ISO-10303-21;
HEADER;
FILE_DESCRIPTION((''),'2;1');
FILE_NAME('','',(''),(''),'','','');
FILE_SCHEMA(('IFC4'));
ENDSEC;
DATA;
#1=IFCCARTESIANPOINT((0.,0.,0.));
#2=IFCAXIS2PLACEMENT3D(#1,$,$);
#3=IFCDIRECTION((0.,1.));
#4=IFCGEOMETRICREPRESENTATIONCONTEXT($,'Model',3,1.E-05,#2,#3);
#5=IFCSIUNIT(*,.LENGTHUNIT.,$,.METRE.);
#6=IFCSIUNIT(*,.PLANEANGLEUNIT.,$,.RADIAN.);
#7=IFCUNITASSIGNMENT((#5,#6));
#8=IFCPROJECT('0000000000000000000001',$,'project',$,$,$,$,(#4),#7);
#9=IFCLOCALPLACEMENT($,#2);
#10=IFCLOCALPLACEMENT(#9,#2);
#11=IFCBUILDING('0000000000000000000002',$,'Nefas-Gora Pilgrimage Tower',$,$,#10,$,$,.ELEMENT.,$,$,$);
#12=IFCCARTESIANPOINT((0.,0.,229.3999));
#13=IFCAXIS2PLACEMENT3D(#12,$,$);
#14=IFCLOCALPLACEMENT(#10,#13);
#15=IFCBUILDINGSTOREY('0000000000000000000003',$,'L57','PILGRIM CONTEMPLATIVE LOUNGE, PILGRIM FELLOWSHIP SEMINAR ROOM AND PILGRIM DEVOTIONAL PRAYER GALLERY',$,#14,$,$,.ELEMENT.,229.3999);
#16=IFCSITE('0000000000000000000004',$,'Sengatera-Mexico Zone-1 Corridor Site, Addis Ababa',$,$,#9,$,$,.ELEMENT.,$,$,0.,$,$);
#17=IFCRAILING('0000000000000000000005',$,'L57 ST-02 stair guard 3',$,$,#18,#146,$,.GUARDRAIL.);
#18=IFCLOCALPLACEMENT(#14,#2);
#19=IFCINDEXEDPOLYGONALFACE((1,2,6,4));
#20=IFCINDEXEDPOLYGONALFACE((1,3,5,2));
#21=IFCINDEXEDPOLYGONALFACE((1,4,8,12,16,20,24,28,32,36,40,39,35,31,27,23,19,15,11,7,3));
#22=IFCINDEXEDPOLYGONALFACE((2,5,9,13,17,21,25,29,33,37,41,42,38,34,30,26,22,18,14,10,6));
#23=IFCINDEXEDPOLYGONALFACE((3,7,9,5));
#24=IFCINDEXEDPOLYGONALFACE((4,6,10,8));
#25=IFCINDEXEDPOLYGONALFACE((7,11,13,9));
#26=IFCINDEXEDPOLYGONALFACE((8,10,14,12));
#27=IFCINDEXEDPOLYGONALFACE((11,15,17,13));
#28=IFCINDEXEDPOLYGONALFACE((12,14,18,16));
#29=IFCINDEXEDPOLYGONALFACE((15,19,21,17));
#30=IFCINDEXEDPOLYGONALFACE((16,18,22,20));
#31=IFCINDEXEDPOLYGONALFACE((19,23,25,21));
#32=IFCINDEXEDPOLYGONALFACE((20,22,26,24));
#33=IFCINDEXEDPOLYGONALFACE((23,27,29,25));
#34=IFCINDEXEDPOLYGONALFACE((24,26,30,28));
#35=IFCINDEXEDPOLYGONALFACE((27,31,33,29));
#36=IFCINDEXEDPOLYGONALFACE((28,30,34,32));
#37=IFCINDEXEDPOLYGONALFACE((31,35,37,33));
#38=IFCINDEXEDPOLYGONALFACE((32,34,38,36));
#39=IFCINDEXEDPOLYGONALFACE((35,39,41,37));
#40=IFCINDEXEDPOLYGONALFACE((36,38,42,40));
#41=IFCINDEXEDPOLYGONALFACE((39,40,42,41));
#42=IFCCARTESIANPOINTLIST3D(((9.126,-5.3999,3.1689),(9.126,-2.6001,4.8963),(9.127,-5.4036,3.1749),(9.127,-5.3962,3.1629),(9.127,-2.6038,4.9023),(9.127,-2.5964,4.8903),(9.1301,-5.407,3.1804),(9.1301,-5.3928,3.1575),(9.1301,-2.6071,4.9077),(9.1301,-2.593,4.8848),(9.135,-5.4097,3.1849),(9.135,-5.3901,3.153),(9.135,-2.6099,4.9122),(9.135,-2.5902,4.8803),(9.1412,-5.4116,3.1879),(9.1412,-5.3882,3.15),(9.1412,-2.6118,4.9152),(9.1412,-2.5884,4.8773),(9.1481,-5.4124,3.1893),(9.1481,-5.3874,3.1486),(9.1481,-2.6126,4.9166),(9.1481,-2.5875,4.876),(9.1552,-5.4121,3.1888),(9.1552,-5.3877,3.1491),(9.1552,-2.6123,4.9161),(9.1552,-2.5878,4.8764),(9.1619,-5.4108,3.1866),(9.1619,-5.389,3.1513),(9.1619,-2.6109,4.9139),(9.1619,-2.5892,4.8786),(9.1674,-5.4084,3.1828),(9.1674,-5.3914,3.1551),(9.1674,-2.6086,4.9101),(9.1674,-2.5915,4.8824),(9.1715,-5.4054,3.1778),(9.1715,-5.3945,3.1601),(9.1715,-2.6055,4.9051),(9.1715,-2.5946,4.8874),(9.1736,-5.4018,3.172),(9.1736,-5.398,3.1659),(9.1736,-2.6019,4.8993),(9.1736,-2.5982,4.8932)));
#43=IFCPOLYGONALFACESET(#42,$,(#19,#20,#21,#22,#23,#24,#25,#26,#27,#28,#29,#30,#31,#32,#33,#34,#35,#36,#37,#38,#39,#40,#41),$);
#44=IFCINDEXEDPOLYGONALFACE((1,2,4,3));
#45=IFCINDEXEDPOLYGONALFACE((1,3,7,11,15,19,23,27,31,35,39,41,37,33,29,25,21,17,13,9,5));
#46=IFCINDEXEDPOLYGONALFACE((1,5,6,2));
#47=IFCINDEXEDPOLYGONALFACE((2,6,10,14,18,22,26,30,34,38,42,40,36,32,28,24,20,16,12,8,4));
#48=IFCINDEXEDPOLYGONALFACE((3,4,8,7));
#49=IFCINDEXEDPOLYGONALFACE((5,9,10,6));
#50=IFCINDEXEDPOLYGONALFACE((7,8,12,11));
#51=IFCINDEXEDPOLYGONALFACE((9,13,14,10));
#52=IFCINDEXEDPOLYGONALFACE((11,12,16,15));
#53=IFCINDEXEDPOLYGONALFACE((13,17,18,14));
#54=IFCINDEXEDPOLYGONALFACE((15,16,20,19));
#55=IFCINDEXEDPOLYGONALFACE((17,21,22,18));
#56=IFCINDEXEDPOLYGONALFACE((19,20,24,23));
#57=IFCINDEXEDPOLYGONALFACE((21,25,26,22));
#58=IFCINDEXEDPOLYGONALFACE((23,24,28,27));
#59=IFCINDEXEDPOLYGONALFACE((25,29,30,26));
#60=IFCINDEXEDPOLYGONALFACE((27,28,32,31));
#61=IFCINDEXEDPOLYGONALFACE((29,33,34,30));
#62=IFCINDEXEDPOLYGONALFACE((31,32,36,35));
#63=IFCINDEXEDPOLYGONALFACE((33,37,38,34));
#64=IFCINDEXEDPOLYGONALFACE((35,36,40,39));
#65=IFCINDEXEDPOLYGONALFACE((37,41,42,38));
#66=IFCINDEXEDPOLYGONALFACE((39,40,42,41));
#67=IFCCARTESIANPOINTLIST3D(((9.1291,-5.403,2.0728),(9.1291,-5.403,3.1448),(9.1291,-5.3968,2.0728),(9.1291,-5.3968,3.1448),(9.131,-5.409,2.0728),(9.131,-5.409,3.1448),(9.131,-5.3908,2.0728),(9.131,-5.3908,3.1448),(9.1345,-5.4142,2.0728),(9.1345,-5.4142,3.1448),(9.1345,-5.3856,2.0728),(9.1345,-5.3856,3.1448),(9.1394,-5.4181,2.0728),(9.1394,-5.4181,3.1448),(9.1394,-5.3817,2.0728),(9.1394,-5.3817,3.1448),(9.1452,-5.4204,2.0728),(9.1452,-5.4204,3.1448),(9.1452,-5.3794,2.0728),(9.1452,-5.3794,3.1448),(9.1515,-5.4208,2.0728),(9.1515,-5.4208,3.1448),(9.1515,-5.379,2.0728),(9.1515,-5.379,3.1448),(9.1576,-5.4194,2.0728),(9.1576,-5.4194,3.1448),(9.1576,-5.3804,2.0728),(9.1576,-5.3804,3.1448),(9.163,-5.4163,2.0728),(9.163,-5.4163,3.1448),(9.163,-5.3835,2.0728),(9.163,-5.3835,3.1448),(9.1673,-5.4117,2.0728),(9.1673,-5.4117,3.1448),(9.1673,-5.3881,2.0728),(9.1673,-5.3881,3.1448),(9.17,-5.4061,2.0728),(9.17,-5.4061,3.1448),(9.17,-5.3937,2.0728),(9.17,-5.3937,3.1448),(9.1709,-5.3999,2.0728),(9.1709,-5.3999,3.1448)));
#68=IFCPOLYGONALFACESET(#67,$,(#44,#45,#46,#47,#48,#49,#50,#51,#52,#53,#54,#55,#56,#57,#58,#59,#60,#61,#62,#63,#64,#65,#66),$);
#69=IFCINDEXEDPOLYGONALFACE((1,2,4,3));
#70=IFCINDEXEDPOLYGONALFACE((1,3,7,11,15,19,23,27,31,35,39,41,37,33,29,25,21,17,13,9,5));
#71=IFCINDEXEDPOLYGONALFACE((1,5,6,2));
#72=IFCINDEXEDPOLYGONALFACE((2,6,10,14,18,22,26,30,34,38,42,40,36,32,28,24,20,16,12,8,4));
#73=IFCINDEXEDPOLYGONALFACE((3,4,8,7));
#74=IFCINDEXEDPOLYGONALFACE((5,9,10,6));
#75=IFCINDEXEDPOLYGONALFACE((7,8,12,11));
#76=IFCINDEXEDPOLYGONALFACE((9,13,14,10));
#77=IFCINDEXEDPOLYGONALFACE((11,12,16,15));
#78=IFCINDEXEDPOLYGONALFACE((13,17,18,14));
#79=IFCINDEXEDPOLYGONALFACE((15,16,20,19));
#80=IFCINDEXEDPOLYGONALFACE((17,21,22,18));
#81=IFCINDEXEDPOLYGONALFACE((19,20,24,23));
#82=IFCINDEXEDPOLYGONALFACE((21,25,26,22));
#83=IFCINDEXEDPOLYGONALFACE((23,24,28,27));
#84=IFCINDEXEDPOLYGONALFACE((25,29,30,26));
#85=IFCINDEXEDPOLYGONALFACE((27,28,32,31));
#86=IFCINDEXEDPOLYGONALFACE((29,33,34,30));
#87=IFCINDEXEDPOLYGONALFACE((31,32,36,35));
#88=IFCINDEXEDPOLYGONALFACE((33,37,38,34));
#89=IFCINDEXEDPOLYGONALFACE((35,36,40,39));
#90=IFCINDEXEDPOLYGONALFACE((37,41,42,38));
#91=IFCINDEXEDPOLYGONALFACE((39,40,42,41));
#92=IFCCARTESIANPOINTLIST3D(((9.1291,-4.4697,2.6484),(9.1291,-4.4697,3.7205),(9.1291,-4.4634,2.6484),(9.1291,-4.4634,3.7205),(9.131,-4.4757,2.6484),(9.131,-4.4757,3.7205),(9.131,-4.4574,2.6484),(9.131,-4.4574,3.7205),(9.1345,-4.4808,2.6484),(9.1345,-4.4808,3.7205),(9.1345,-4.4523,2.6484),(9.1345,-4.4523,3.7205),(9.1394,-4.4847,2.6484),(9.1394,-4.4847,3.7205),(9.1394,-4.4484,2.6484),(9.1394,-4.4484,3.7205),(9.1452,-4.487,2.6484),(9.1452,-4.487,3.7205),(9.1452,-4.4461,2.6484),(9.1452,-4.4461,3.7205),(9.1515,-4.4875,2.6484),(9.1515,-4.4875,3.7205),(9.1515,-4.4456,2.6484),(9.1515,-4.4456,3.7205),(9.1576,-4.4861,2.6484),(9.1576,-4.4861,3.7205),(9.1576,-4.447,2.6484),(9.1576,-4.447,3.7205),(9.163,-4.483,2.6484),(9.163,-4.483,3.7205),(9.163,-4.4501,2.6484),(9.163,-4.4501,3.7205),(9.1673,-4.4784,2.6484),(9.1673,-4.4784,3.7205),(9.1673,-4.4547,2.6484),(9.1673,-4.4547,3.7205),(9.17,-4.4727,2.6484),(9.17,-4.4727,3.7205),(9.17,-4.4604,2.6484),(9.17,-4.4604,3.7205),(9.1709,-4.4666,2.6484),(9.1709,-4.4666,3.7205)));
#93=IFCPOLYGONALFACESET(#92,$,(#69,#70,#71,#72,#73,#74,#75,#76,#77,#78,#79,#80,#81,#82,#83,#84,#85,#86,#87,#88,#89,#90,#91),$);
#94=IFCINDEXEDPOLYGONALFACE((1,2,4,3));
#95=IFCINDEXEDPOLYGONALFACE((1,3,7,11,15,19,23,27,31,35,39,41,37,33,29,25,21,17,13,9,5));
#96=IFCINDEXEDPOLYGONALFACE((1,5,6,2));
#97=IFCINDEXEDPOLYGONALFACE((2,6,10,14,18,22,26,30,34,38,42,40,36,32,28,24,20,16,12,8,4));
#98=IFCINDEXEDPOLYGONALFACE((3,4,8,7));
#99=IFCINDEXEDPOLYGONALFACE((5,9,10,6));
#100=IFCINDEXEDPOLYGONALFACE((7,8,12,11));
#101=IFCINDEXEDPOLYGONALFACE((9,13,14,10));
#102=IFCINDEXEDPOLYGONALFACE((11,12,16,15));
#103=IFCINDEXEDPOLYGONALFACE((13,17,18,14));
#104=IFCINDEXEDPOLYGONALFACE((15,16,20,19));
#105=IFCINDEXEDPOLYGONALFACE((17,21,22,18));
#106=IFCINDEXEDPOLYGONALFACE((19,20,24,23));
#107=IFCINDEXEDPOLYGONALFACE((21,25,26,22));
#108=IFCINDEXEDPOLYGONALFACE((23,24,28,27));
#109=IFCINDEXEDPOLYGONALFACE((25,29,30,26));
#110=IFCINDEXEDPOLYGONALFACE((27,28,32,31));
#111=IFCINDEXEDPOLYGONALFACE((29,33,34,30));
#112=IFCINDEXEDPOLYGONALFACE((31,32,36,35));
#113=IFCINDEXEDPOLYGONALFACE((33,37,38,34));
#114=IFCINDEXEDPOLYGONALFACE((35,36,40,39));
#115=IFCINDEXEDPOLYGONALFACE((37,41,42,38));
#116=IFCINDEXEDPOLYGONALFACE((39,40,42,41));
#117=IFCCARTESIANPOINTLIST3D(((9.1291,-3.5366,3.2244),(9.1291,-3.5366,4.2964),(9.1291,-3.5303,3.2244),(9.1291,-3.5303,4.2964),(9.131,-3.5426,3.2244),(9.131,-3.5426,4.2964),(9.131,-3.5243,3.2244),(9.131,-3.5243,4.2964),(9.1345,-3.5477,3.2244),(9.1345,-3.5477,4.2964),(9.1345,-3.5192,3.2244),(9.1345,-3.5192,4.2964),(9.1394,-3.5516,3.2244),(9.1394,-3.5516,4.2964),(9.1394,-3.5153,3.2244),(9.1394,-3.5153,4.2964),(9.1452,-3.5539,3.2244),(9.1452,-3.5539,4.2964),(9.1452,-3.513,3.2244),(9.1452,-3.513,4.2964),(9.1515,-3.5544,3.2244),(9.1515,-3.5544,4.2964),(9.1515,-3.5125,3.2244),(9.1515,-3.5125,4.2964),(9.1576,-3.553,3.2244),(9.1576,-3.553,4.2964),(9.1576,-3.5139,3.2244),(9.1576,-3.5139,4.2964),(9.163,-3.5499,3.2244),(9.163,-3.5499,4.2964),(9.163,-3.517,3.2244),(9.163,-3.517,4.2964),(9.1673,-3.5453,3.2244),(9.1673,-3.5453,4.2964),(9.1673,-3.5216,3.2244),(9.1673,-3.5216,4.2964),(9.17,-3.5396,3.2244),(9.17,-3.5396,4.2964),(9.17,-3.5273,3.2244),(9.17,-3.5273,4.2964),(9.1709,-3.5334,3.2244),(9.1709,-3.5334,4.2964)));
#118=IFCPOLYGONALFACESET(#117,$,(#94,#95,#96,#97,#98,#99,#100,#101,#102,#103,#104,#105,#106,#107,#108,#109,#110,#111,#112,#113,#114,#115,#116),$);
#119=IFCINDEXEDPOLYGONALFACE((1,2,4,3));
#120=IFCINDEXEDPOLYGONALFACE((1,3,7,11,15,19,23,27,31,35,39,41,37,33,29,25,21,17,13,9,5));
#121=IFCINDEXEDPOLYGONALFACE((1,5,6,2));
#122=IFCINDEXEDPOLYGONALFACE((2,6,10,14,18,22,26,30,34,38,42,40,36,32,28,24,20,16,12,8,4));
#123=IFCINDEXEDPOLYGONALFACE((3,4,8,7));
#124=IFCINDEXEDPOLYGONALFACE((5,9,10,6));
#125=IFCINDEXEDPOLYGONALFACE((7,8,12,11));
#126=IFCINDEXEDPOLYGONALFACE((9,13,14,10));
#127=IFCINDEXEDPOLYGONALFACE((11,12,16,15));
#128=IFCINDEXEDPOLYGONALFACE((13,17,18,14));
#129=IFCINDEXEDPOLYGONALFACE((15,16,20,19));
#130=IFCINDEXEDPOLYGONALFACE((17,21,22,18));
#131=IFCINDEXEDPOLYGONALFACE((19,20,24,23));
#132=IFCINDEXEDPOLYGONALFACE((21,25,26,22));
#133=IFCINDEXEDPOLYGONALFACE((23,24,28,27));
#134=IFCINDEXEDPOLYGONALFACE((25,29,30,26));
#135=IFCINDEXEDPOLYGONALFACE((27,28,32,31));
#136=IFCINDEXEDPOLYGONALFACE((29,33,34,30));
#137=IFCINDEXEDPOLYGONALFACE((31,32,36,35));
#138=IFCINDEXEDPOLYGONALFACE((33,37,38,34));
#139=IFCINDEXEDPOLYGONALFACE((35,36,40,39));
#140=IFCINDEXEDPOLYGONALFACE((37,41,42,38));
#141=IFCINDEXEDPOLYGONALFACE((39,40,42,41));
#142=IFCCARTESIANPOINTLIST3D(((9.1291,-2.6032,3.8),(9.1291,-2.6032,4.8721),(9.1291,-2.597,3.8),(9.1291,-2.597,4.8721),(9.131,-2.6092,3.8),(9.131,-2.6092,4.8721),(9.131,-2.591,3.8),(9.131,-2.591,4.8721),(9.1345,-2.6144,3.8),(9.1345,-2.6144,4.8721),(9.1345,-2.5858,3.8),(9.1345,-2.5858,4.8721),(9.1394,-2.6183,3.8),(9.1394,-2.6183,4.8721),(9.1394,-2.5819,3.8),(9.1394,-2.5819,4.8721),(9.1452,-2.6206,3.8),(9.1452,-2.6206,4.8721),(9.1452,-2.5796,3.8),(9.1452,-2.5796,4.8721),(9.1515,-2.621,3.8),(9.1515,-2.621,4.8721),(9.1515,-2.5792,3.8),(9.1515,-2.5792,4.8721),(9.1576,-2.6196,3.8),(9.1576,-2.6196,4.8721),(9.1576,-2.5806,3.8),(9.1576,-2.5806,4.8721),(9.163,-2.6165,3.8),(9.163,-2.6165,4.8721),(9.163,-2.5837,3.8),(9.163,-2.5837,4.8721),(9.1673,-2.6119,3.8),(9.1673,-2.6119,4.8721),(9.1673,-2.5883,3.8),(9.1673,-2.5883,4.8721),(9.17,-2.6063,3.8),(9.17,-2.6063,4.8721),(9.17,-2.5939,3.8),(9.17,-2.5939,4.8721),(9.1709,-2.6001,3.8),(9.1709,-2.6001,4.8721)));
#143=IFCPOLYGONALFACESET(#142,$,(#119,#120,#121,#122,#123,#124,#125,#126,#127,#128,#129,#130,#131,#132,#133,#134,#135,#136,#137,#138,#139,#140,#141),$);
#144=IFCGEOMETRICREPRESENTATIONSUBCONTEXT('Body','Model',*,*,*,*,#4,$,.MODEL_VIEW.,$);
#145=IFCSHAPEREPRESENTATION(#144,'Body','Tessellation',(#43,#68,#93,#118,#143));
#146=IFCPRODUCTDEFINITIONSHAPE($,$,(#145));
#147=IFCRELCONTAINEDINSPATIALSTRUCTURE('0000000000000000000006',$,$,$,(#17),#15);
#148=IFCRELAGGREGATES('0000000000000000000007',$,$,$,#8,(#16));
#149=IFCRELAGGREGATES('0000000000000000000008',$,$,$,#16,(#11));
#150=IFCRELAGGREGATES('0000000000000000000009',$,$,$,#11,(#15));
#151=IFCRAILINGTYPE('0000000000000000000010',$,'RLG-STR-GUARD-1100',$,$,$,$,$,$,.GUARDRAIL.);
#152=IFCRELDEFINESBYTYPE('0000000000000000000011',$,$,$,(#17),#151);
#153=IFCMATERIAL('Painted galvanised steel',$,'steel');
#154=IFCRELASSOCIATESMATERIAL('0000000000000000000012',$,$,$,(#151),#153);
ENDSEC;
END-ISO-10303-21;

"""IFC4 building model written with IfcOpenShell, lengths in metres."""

from ifc_helpers import new_model, si_unit, direction, frame, origin, origin_2d, place, context, subcontext, project, spatial, circle, extrude, material, type_object, element, save


model = new_model("IFC4")

# Units and contexts
model_context = context("Model", 3, precision=1e-05, world=origin(), true_north=direction((0.0, 1.0)))
body_context = subcontext(model_context, "Body", "Model", "MODEL_VIEW")
ifc_project = project(units=[si_unit("LENGTHUNIT", "METRE"), si_unit("PLANEANGLEUNIT", "RADIAN")], contexts=[model_context])

# Site, building, storey
site_placement = place(None, origin())
site = spatial("IfcSite", under=ifc_project, at=site_placement, Name="Sengatera-Mexico Zone-1 Corridor Site, Addis Ababa", CompositionType="ELEMENT", RefElevation=0.0)
building_placement = place(site_placement, origin())
building = spatial("IfcBuilding", under=site, at=building_placement, Name="Nefas-Gora Pilgrimage Tower", CompositionType="ELEMENT")
storey_placement = place(building_placement, frame((0.0, 0.0, 229.3999)))
storey = spatial("IfcBuildingStorey", under=building, at=storey_placement, Name="L57", Description="PILGRIM CONTEMPLATIVE LOUNGE, PILGRIM FELLOWSHIP SEMINAR ROOM AND PILGRIM DEVOTIONAL PRAYER GALLERY", CompositionType="ELEMENT", Elevation=229.3999)

# Railing
ifc_material_1 = material(Name="Painted galvanised steel", Category="steel")
railing_type_1 = type_object("IfcRailingType", Name="RLG-STR-GUARD-1100", PredefinedType="GUARDRAIL", material=ifc_material_1)
railing_1_placement = place(storey_placement, frame((9.1499, -5.3999, 2.0728)))
element("IfcRailing", 1, at=railing_1_placement, inside=storey, type_object=railing_type_1, Name="L57 ST-02 stair guard 3", PredefinedType="GUARDRAIL", context=body_context, shape_type="SweptSolid", body=[
    extrude(circle(Radius=0.0239, at=origin_2d()), frame((0.0, 0.0, 1.0962), z_axis=(0.0, 0.851069, 0.525054), x_axis=(-1.0, 0.0, 0.0)), (0.0, 0.0, 1.0), 3.2898),
    extrude(circle(Radius=0.021, at=origin_2d()), origin(), (0.0, 0.0, 1.0), 1.072),
    extrude(circle(Radius=0.021, at=origin_2d()), frame((0.0, 0.9333, 0.5757)), (0.0, 0.0, 1.0), 1.072),
    extrude(circle(Radius=0.021, at=origin_2d()), frame((0.0, 1.8665, 1.1516)), (0.0, 0.0, 1.0), 1.072),
    extrude(circle(Radius=0.021, at=origin_2d()), frame((0.0, 2.7998, 1.7273)), (0.0, 0.0, 1.0), 1.072),
])

save(model, "model.ifc")
